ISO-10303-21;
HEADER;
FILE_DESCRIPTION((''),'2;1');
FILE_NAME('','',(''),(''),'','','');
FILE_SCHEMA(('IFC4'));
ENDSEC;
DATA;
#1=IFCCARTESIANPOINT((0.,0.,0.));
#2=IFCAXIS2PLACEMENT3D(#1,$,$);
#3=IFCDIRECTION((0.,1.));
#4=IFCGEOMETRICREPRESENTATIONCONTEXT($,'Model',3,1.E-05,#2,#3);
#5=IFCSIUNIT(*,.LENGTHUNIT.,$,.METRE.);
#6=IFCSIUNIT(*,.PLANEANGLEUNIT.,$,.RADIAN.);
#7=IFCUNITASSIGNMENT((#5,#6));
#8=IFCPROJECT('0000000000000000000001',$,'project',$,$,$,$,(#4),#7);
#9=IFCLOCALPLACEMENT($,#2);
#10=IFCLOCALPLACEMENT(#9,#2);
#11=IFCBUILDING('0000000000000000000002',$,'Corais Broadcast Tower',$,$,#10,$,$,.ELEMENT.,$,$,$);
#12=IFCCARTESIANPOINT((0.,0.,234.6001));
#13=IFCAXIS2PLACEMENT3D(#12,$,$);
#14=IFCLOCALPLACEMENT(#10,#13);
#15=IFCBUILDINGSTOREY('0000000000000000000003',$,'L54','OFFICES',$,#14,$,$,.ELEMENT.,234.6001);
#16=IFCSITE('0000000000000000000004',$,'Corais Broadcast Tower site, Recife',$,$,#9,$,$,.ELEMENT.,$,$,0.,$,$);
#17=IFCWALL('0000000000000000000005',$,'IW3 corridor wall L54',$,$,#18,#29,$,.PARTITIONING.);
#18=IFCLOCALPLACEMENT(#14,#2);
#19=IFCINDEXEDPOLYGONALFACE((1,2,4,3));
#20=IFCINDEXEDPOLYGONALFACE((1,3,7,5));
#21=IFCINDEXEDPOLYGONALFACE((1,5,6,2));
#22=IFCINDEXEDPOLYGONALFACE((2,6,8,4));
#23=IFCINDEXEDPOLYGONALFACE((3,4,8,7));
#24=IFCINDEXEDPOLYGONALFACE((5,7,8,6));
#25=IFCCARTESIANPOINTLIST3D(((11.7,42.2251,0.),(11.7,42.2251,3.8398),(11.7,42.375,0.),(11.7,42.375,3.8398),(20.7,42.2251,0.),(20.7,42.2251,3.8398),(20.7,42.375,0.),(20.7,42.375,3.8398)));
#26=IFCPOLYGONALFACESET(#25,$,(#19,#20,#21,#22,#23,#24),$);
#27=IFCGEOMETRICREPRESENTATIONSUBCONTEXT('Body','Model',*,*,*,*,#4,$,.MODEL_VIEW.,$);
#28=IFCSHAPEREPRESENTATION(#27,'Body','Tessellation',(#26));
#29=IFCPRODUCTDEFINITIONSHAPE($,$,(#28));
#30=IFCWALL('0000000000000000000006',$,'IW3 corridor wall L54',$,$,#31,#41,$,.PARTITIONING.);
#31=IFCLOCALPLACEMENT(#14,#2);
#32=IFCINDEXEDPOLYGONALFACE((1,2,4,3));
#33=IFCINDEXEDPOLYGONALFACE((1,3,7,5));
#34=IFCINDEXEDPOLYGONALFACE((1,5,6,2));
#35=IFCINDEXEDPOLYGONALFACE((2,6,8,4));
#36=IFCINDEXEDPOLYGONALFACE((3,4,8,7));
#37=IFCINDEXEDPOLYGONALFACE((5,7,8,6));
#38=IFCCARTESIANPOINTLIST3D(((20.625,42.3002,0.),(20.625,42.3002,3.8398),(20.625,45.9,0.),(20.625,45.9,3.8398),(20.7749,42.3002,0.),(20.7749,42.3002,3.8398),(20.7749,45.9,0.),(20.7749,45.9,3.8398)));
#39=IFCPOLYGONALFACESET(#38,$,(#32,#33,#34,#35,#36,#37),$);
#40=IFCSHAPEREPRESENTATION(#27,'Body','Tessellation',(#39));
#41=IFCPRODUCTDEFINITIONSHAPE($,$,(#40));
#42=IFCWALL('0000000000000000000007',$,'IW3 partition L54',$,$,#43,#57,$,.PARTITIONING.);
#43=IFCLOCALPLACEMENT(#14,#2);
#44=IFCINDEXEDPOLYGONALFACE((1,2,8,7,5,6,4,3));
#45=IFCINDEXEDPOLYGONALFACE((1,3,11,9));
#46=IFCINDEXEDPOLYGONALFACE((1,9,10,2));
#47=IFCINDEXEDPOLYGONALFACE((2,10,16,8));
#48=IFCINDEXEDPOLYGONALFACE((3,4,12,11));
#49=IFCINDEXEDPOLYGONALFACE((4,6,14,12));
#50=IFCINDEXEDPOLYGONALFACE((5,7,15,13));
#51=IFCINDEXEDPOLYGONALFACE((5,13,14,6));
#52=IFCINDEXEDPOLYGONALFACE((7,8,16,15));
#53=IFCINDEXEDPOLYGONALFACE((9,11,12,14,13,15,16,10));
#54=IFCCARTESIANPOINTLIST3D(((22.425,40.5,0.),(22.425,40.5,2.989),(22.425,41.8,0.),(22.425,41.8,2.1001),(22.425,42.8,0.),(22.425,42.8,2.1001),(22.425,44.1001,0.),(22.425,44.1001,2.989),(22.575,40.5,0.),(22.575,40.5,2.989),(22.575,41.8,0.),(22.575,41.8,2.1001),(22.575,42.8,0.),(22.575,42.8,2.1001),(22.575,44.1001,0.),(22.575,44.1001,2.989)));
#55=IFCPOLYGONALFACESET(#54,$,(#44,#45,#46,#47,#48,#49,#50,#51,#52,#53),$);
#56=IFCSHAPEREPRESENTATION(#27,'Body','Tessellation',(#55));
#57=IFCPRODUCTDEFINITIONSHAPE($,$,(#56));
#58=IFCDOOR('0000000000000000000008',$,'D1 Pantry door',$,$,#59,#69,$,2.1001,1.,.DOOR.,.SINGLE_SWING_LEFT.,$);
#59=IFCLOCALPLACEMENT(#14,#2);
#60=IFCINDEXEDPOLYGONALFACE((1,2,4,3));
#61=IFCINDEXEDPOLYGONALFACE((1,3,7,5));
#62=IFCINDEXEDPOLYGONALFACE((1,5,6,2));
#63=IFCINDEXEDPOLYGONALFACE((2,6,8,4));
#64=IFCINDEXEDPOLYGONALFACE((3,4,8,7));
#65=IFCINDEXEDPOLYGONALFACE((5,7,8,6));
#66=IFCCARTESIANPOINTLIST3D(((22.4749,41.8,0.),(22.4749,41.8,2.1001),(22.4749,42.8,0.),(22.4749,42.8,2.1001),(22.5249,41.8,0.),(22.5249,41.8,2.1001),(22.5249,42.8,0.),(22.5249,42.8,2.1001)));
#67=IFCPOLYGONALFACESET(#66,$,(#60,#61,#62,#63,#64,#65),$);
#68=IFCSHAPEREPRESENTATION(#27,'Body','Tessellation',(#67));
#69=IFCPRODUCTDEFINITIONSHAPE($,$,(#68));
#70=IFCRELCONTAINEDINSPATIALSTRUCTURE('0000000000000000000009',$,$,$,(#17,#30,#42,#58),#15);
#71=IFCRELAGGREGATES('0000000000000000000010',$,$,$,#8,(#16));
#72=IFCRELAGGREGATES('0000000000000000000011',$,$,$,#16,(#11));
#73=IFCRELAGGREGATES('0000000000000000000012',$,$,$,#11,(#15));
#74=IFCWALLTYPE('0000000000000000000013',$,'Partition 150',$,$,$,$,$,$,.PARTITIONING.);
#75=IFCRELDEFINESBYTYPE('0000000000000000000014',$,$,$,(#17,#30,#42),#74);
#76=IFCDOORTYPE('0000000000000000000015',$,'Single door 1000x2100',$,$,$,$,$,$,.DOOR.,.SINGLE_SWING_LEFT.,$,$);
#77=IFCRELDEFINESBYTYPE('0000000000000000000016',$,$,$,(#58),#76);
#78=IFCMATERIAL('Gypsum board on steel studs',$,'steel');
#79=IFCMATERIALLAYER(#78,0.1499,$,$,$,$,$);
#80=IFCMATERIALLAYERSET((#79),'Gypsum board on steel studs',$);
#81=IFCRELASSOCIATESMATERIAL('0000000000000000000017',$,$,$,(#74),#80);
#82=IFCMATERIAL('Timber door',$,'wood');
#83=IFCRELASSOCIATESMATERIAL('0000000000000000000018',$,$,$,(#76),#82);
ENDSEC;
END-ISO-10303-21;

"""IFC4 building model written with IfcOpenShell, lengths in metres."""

from ifc_helpers import new_model, si_unit, direction, frame, frame_2d, origin, place, context, subcontext, project, spatial, rectangle, extrude, material, layer, layer_set, type_object, element, fill, save


model = new_model("IFC4")

# Units and contexts
model_context = context("Model", 3, precision=1e-05, world=origin(), true_north=direction((0.0, 1.0)))
body_context = subcontext(model_context, "Body", "Model", "MODEL_VIEW")
ifc_project = project(units=[si_unit("LENGTHUNIT", "METRE"), si_unit("PLANEANGLEUNIT", "RADIAN")], contexts=[model_context])

# Site, building, storey
site_placement = place(None, origin())
site = spatial("IfcSite", under=ifc_project, at=site_placement, Name="Corais Broadcast Tower site, Recife", CompositionType="ELEMENT", RefElevation=0.0)
building_placement = place(site_placement, origin())
building = spatial("IfcBuilding", under=site, at=building_placement, Name="Corais Broadcast Tower", CompositionType="ELEMENT")
storey_placement = place(building_placement, frame((0.0, 0.0, 234.6001)))
storey = spatial("IfcBuildingStorey", under=building, at=storey_placement, Name="L54", Description="OFFICES", CompositionType="ELEMENT", Elevation=234.6001)

# Walls
ifc_material_1 = material(Name="Gypsum board on steel studs", Category="steel")
ifc_layer_1 = layer(ifc_material_1, 0.1499)
ifc_layer_set_1 = layer_set([ifc_layer_1], Name="Gypsum board on steel studs")
wall_type = type_object("IfcWallType", Name="Partition 150", PredefinedType="PARTITIONING", material=ifc_layer_set_1)
wall_1_placement = place(storey_placement, frame((20.7, 42.3, 0.0), z_axis=(0.0, 0.0, 1.0), x_axis=(-1.0, 0.0, 0.0)))
element("IfcWall", 1, at=wall_1_placement, inside=storey, type_object=wall_type, Name="IW3 corridor wall L54", PredefinedType="PARTITIONING", context=body_context, shape_type="SweptSolid", body=[
    extrude(rectangle(XDim=9.0, YDim=0.1499, at=frame_2d((4.5, 0.0))), origin(), (0.0, 0.0, 1.0), 3.8398),
])
wall_2_placement = place(storey_placement, frame((20.7, 45.8999, 0.0), z_axis=(0.0, 0.0, 1.0), x_axis=(0.0, -1.0, 0.0)))
element("IfcWall", 2, at=wall_2_placement, inside=storey, type_object=wall_type, Name="IW3 corridor wall L54", PredefinedType="PARTITIONING", context=body_context, shape_type="SweptSolid", body=[
    extrude(rectangle(XDim=3.5999, YDim=0.1499, at=frame_2d((1.7998, 0.0))), origin(), (0.0, 0.0, 1.0), 3.8398),
])

# Wall, opening, door
wall_3_placement = place(storey_placement, frame((22.5, 44.1001, 0.0), z_axis=(0.0, 0.0, 1.0), x_axis=(0.0, -1.0, 0.0)))
wall_3 = element("IfcWall", 3, at=wall_3_placement, inside=storey, type_object=wall_type, Name="IW3 partition L54", PredefinedType="PARTITIONING", context=body_context, shape_type="SweptSolid", body=[
    extrude(rectangle(XDim=3.6001, YDim=0.1499, at=frame_2d((1.8, 0.0))), origin(), (0.0, 0.0, 1.0), 2.989),
])
opening_placement = place(wall_3_placement, frame((1.3, 0.0, 0.0)))
opening = element("IfcOpeningElement", 4, at=opening_placement, cuts=wall_3, PredefinedType="OPENING", context=body_context, shape_type="SweptSolid", body=[
    extrude(rectangle(XDim=1.0, YDim=2.1001, at=frame_2d((0.5, 1.05))), frame((0.0, 0.085, 0.0), z_axis=(0.0, -1.0, 0.0), x_axis=(1.0, 0.0, 0.0)), (0.0, 0.0, 1.0), 0.1699),
])
ifc_material_2 = material(Name="Timber door", Category="wood")
door_type = type_object("IfcDoorType", Name="Single door 1000x2100", OperationType="SINGLE_SWING_LEFT", PredefinedType="DOOR", material=ifc_material_2)
door_placement = place(opening_placement, origin())
door = element("IfcDoor", 5, at=door_placement, inside=storey, type_object=door_type, Name="D1 Pantry door", OperationType="SINGLE_SWING_LEFT", OverallHeight=2.1001, OverallWidth=1.0, PredefinedType="DOOR", context=body_context, shape_type="SweptSolid", body=[
    extrude(rectangle(XDim=1.0, YDim=2.1001, at=frame_2d((0.5, 1.05))), frame((0.0, 0.0249, 0.0), z_axis=(0.0, -1.0, 0.0), x_axis=(1.0, 0.0, 0.0)), (0.0, 0.0, 1.0), 0.05),
])
fill(opening, door)

save(model, "model.ifc")
